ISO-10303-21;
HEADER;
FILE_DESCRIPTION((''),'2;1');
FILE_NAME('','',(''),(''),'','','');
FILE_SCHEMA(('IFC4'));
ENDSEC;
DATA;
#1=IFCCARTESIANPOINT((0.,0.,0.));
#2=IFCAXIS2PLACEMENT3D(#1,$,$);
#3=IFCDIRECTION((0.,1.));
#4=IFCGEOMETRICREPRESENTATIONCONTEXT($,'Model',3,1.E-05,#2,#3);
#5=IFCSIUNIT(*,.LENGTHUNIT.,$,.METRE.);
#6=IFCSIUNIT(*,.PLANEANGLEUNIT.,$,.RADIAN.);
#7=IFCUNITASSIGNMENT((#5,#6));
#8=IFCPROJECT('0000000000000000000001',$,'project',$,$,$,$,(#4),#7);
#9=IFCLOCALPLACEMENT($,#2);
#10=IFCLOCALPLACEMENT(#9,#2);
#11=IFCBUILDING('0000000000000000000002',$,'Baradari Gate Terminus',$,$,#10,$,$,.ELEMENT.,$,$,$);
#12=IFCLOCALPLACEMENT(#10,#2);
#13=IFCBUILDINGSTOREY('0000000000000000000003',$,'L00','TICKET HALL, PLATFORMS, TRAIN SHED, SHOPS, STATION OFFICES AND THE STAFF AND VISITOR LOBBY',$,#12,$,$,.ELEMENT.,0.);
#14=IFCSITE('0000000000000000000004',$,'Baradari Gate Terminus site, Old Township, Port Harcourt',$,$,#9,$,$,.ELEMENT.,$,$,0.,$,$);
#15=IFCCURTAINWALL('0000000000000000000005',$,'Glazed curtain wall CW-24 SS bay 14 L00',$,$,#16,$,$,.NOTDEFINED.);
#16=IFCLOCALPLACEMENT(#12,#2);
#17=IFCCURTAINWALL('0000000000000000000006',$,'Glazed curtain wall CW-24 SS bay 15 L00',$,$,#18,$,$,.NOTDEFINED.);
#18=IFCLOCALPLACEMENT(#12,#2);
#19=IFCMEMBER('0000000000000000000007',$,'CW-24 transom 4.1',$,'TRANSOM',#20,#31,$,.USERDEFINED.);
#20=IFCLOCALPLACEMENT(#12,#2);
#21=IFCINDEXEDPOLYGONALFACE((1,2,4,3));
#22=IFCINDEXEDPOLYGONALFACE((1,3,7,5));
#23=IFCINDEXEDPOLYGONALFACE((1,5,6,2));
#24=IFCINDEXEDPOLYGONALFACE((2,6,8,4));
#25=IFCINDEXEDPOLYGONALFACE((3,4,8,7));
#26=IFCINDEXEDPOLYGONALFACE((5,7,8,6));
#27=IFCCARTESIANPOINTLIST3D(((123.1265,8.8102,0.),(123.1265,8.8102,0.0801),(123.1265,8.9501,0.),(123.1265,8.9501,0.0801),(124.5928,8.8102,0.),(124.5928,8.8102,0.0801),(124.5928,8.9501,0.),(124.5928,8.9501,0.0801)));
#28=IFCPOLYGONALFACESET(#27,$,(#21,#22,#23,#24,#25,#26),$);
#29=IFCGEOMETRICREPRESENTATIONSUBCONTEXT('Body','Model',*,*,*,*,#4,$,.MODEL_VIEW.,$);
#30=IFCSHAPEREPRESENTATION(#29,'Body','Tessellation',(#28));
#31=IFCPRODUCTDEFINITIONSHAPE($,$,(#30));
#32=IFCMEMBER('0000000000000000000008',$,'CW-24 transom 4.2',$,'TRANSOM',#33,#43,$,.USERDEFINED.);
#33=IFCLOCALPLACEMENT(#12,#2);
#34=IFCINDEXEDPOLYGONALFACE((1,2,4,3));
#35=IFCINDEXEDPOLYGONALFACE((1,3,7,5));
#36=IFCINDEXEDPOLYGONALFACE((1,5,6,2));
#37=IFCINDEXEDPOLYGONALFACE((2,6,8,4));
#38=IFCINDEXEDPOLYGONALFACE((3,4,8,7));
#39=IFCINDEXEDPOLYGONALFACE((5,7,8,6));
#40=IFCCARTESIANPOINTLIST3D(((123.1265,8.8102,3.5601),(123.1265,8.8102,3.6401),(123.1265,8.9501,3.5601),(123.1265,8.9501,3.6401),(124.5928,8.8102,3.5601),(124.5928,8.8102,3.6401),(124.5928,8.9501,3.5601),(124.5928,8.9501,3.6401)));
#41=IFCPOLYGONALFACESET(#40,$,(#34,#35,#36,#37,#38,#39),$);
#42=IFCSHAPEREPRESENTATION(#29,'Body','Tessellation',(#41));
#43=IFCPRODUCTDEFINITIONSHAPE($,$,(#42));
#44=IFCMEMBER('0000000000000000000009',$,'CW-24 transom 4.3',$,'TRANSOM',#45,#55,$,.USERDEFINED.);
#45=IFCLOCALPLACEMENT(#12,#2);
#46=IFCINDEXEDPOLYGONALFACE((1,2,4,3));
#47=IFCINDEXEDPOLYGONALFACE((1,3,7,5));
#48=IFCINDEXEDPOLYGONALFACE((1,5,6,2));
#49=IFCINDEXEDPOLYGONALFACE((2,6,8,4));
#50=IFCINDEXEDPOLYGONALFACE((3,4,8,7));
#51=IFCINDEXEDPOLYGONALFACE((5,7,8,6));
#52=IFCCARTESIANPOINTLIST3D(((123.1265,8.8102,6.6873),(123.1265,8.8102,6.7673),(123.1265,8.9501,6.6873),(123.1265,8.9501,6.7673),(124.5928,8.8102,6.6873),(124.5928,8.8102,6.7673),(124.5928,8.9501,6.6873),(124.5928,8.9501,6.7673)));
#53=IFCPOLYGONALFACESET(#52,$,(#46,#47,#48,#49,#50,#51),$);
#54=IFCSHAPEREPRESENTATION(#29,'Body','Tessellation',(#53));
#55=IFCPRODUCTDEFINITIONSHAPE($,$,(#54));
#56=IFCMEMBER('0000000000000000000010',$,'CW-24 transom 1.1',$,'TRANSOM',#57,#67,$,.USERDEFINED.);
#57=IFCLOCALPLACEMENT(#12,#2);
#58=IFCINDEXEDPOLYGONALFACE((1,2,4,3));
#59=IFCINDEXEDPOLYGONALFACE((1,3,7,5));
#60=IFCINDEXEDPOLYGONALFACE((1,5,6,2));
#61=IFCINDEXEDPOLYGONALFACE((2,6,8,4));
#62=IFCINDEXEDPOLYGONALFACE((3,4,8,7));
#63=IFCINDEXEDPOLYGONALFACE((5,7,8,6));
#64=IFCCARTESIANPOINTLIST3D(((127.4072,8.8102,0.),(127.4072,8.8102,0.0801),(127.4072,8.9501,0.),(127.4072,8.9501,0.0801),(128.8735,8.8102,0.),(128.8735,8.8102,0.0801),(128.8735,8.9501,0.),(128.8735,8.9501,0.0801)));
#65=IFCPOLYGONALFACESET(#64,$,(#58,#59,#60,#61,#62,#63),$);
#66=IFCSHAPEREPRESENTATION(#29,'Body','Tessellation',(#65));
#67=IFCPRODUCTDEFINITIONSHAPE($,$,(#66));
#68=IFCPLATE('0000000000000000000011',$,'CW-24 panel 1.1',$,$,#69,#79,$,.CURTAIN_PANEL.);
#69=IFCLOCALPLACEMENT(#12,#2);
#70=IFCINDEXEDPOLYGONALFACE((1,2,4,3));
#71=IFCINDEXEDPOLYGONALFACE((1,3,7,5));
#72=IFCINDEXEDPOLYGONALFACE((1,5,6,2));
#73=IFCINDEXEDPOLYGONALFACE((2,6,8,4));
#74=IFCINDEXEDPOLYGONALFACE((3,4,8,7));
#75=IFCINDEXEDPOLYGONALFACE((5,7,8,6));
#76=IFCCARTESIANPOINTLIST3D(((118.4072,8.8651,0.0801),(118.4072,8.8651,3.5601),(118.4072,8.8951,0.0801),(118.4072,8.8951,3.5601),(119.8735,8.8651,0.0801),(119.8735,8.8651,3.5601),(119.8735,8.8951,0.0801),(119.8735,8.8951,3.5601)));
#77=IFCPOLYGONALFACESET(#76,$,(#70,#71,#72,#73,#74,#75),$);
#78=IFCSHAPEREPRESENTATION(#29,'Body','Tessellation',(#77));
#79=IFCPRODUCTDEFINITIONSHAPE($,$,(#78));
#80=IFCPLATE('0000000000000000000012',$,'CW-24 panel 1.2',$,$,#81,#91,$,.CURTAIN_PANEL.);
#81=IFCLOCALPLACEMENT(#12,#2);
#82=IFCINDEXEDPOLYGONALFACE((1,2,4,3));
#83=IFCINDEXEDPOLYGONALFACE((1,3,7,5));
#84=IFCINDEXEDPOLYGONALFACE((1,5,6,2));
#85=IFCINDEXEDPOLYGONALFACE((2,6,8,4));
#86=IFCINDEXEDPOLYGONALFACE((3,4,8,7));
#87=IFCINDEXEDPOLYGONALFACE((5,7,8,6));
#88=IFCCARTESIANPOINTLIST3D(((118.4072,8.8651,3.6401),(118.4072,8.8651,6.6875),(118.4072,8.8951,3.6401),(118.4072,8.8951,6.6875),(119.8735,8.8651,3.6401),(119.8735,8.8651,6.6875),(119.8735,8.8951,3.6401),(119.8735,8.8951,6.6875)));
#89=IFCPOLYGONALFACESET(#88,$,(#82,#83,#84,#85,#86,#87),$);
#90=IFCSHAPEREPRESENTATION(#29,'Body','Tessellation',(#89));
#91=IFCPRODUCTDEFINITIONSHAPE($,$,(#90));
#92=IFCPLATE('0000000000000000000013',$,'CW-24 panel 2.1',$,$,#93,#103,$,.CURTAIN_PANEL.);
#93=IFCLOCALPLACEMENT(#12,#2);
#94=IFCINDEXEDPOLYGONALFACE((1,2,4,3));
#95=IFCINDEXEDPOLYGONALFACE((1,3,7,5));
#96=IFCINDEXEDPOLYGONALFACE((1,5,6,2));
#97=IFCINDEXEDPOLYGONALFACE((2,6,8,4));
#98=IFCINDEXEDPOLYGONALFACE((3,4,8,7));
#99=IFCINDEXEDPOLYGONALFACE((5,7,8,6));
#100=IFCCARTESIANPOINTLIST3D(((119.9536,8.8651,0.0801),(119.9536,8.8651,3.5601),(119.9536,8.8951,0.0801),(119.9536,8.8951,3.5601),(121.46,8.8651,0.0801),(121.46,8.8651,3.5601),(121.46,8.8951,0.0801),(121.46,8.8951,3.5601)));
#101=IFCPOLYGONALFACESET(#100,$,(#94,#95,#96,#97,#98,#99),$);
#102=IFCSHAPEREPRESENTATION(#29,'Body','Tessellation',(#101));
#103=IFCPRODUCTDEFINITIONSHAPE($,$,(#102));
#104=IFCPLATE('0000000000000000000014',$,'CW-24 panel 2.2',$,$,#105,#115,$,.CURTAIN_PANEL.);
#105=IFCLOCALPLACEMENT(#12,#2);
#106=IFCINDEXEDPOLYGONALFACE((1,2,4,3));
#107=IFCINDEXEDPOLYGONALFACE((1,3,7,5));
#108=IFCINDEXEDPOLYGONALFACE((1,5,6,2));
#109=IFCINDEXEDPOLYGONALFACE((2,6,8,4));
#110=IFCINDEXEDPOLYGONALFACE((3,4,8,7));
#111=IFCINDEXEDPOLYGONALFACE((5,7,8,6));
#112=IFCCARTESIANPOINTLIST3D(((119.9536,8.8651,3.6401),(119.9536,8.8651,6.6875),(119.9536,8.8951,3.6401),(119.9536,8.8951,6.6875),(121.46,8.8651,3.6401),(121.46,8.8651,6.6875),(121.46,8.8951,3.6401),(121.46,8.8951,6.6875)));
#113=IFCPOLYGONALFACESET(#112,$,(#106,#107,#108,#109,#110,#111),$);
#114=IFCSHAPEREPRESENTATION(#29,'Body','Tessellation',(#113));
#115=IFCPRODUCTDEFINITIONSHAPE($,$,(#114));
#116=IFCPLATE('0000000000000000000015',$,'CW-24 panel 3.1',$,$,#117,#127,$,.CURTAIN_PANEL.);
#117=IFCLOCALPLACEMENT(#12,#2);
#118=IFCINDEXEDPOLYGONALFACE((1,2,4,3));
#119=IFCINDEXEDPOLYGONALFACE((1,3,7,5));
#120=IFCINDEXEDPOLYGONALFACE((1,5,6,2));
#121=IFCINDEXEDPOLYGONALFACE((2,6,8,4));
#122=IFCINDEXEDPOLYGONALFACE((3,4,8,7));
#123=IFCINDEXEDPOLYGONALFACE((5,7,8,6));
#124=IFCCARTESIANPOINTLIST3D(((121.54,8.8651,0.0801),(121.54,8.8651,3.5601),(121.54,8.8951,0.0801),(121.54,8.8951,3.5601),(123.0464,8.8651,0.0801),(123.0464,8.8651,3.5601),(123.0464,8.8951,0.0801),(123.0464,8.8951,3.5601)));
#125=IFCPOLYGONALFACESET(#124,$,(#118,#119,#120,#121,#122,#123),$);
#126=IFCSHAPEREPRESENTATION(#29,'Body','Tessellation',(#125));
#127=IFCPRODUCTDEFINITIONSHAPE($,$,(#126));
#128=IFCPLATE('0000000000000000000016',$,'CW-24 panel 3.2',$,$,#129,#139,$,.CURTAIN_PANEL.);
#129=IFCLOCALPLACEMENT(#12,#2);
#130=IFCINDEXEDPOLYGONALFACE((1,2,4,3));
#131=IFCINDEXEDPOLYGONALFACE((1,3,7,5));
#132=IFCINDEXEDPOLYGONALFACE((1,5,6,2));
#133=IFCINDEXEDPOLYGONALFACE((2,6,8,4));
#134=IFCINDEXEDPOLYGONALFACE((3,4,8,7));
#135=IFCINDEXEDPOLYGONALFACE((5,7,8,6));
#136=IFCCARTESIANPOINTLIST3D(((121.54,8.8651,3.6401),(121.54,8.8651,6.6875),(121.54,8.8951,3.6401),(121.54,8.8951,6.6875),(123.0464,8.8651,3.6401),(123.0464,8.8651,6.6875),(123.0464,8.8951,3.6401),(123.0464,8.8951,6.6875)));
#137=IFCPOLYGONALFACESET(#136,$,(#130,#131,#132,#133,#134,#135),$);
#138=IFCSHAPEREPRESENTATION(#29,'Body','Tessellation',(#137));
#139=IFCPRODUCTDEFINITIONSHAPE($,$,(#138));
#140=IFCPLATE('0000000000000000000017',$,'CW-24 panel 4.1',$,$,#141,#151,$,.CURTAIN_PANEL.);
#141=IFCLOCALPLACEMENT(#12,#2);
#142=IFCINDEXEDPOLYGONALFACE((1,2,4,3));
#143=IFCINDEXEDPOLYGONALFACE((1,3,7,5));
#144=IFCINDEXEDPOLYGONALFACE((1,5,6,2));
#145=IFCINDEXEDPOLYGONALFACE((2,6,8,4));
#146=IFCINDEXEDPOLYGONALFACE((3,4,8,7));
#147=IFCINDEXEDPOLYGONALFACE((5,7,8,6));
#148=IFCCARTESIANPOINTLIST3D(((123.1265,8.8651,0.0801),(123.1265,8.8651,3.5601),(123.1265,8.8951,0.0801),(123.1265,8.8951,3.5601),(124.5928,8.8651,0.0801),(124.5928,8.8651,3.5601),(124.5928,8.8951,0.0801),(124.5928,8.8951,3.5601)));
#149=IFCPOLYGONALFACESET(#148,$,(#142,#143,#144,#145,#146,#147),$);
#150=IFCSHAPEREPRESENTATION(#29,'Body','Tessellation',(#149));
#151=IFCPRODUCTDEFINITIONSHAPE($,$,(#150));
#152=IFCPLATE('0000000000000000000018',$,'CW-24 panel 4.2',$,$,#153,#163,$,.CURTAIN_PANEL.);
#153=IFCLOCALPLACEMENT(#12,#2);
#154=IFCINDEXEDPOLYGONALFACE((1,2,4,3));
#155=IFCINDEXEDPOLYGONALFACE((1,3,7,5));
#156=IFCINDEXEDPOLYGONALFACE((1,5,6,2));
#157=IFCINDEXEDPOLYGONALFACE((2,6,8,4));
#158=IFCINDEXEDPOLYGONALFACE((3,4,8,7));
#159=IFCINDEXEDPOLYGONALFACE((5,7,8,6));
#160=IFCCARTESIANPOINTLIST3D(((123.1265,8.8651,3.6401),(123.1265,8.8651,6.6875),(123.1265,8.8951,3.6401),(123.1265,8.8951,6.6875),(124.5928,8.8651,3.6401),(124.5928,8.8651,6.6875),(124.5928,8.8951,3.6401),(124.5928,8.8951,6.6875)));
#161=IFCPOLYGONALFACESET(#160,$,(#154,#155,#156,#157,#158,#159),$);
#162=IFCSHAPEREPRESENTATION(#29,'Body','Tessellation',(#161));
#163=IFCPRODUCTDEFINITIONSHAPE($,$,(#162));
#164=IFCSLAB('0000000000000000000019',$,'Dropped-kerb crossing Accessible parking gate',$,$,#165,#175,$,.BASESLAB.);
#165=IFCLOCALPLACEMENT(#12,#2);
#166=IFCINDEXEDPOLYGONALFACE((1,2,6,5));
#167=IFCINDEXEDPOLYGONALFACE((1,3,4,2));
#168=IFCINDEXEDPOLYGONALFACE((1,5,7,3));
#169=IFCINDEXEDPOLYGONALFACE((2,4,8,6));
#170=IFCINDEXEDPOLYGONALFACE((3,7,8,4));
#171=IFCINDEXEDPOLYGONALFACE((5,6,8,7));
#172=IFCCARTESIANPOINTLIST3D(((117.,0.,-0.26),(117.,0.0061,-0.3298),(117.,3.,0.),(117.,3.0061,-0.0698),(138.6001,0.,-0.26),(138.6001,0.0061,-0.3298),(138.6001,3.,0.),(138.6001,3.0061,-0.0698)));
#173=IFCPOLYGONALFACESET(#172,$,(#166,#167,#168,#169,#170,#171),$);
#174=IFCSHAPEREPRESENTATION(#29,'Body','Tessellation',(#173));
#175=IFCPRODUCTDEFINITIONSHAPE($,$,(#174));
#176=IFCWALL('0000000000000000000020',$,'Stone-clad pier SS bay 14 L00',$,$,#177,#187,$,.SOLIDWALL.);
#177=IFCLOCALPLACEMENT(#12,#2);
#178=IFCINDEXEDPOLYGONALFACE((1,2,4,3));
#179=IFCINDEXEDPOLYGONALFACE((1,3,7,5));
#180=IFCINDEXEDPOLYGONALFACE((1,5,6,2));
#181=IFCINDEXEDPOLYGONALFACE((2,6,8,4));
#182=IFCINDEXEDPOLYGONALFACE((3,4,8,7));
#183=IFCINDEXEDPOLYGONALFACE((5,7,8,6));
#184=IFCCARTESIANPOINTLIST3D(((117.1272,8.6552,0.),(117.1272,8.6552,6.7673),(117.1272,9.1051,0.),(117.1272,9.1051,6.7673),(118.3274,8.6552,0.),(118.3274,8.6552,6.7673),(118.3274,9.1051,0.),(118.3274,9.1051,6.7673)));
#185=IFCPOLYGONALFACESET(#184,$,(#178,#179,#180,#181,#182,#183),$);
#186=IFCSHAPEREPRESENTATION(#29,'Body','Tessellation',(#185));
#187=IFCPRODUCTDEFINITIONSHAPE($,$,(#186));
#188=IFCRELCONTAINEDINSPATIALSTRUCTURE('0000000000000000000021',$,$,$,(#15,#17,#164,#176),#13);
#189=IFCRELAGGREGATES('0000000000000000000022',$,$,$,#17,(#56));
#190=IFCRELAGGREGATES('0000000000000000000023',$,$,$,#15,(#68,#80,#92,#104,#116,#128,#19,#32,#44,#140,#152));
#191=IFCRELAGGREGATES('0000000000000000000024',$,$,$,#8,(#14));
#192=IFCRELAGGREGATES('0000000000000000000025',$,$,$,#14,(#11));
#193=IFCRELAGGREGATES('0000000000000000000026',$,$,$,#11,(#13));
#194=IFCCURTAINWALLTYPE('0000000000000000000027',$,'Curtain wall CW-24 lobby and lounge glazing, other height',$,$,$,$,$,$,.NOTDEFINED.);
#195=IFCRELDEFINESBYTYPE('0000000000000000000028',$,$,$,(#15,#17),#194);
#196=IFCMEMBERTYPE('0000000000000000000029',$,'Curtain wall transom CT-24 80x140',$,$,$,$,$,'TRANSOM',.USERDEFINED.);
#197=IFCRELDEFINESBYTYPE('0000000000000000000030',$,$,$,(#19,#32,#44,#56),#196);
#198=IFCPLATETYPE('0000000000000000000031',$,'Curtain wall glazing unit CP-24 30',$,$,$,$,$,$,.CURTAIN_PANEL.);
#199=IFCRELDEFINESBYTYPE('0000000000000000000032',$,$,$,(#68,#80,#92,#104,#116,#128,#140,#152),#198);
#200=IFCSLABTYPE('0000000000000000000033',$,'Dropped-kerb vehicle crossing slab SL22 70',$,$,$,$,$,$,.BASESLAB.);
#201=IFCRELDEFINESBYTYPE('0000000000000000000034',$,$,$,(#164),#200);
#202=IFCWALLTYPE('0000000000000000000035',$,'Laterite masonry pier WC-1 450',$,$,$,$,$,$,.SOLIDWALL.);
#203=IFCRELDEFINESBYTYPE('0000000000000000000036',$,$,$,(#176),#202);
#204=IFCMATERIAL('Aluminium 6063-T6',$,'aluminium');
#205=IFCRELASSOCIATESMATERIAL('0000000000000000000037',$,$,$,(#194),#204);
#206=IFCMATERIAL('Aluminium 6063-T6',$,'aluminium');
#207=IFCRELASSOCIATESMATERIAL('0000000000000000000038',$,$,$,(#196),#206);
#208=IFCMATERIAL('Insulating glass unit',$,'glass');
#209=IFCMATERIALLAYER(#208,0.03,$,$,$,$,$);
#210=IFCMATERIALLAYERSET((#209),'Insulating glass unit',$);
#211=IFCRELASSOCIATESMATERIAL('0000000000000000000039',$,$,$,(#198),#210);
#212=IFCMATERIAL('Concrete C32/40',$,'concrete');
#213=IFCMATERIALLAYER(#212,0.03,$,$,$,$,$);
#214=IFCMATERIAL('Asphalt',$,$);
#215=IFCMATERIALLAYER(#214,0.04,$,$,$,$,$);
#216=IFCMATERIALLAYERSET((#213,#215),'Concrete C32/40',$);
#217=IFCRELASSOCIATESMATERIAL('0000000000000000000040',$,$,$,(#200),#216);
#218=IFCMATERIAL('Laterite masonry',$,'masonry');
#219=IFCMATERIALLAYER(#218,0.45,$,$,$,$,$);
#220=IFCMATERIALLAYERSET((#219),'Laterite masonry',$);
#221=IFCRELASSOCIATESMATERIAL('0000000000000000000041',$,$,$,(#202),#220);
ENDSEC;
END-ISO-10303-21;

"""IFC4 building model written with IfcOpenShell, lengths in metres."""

from ifc_helpers import new_model, si_unit, direction, frame, frame_2d, origin, origin_2d, place, context, subcontext, project, spatial, polyline, rectangle, outline, extrude, material, layer, layer_set, material_profile, profile_set, type_object, element, aggregate, save


model = new_model("IFC4")

# Units and contexts
model_context = context("Model", 3, precision=1e-05, world=origin(), true_north=direction((0.0, 1.0)))
body_context = subcontext(model_context, "Body", "Model", "MODEL_VIEW")
ifc_project = project(units=[si_unit("LENGTHUNIT", "METRE"), si_unit("PLANEANGLEUNIT", "RADIAN")], contexts=[model_context])

# Site, building, storey
site_placement = place(None, origin())
site = spatial("IfcSite", under=ifc_project, at=site_placement, Name="Baradari Gate Terminus site, Old Township, Port Harcourt", CompositionType="ELEMENT", RefElevation=0.0)
building_placement = place(site_placement, origin())
building = spatial("IfcBuilding", under=site, at=building_placement, Name="Baradari Gate Terminus", CompositionType="ELEMENT")
storey_placement = place(building_placement, origin())
storey = spatial("IfcBuildingStorey", under=building, at=storey_placement, Name="L00", Description="TICKET HALL, PLATFORMS, TRAIN SHED, SHOPS, STATION OFFICES AND THE STAFF AND VISITOR LOBBY", CompositionType="ELEMENT", Elevation=0.0)

# Curtain wall
ifc_material_1 = material(Name="Aluminium 6063-T6", Category="aluminium")
curtain_wall_type = type_object("IfcCurtainWallType", Name="Curtain wall CW-24 lobby and lounge glazing, other height", PredefinedType="NOTDEFINED", material=ifc_material_1)
curtain_wall_1_placement = place(storey_placement, origin())
curtain_wall_1 = element("IfcCurtainWall", 1, at=curtain_wall_1_placement, inside=storey, type_object=curtain_wall_type, Name="Glazed curtain wall CW-24 SS bay 14 L00", PredefinedType="NOTDEFINED")

# Curtain wall
curtain_wall_2_placement = place(storey_placement, origin())
curtain_wall_2 = element("IfcCurtainWall", 2, at=curtain_wall_2_placement, inside=storey, type_object=curtain_wall_type, Name="Glazed curtain wall CW-24 SS bay 15 L00", PredefinedType="NOTDEFINED")

# Members
ifc_material_2 = material(Name="Aluminium 6063-T6", Category="aluminium")
ifc_material_profile_1 = material_profile(ifc_material_2, rectangle(XDim=0.1399, YDim=0.0801, at=origin_2d()), Name="CT-24 80X140")
ifc_profile_set_1 = profile_set([ifc_material_profile_1], Name="Aluminium 6063-T6")
member_type_1 = type_object("IfcMemberType", Name="Curtain wall transom CT-24 80x140", ElementType="TRANSOM", PredefinedType="USERDEFINED", material=ifc_profile_set_1)
member_1_placement = place(storey_placement, frame((123.1265, 8.8801, 0.04), z_axis=(1.0, 0.0, 0.0), x_axis=(0.0, 1.0, 0.0)))
member_1 = element("IfcMember", 3, at=member_1_placement, type_object=member_type_1, Name="CW-24 transom 4.1", ObjectType="TRANSOM", PredefinedType="USERDEFINED", context=body_context, shape_type="SweptSolid", body=[
    extrude(rectangle(XDim=0.1399, YDim=0.0801, at=origin_2d()), origin(), (0.0, 0.0, 1.0), 1.4663),
])
member_2_placement = place(storey_placement, frame((123.1265, 8.8801, 3.6001), z_axis=(1.0, 0.0, 0.0), x_axis=(0.0, 1.0, 0.0)))
member_2 = element("IfcMember", 4, at=member_2_placement, type_object=member_type_1, Name="CW-24 transom 4.2", ObjectType="TRANSOM", PredefinedType="USERDEFINED", context=body_context, shape_type="SweptSolid", body=[
    extrude(rectangle(XDim=0.1399, YDim=0.0801, at=origin_2d()), origin(), (0.0, 0.0, 1.0), 1.4663),
])
member_3_placement = place(storey_placement, frame((123.1265, 8.8801, 6.7273), z_axis=(1.0, 0.0, 0.0), x_axis=(0.0, 1.0, 0.0)))
member_3 = element("IfcMember", 5, at=member_3_placement, type_object=member_type_1, Name="CW-24 transom 4.3", ObjectType="TRANSOM", PredefinedType="USERDEFINED", context=body_context, shape_type="SweptSolid", body=[
    extrude(rectangle(XDim=0.1399, YDim=0.0801, at=origin_2d()), origin(), (0.0, 0.0, 1.0), 1.4663),
])
member_4_placement = place(storey_placement, frame((127.4072, 8.8801, 0.04), z_axis=(1.0, 0.0, 0.0), x_axis=(0.0, 1.0, 0.0)))
member_4 = element("IfcMember", 6, at=member_4_placement, type_object=member_type_1, Name="CW-24 transom 1.1", ObjectType="TRANSOM", PredefinedType="USERDEFINED", context=body_context, shape_type="SweptSolid", body=[
    extrude(rectangle(XDim=0.1399, YDim=0.0801, at=origin_2d()), origin(), (0.0, 0.0, 1.0), 1.4663),
])
aggregate(curtain_wall_2, [member_4])

# Plates
ifc_material_3 = material(Name="Insulating glass unit", Category="glass")
ifc_layer_1 = layer(ifc_material_3, 0.03)
ifc_layer_set_1 = layer_set([ifc_layer_1], Name="Insulating glass unit")
plate_type = type_object("IfcPlateType", Name="Curtain wall glazing unit CP-24 30", PredefinedType="CURTAIN_PANEL", material=ifc_layer_set_1)
plate_1_placement = place(storey_placement, frame((119.1404, 8.8801, 0.0801), z_axis=(0.0, 0.0, 1.0), x_axis=(1.0, 0.0, 0.0)))
plate_1 = element("IfcPlate", 7, at=plate_1_placement, type_object=plate_type, Name="CW-24 panel 1.1", PredefinedType="CURTAIN_PANEL", context=body_context, shape_type="SweptSolid", body=[
    extrude(rectangle(XDim=1.4663, YDim=0.03, at=origin_2d()), origin(), (0.0, 0.0, 1.0), 3.48),
])
plate_2_placement = place(storey_placement, frame((119.1404, 8.8801, 3.6401), z_axis=(0.0, 0.0, 1.0), x_axis=(1.0, 0.0, 0.0)))
plate_2 = element("IfcPlate", 8, at=plate_2_placement, type_object=plate_type, Name="CW-24 panel 1.2", PredefinedType="CURTAIN_PANEL", context=body_context, shape_type="SweptSolid", body=[
    extrude(rectangle(XDim=1.4663, YDim=0.03, at=origin_2d()), origin(), (0.0, 0.0, 1.0), 3.0474),
])
plate_3_placement = place(storey_placement, frame((120.7068, 8.8801, 0.0801), z_axis=(0.0, 0.0, 1.0), x_axis=(1.0, 0.0, 0.0)))
plate_3 = element("IfcPlate", 9, at=plate_3_placement, type_object=plate_type, Name="CW-24 panel 2.1", PredefinedType="CURTAIN_PANEL", context=body_context, shape_type="SweptSolid", body=[
    extrude(rectangle(XDim=1.5063, YDim=0.03, at=origin_2d()), origin(), (0.0, 0.0, 1.0), 3.48),
])
plate_4_placement = place(storey_placement, frame((120.7068, 8.8801, 3.6401), z_axis=(0.0, 0.0, 1.0), x_axis=(1.0, 0.0, 0.0)))
plate_4 = element("IfcPlate", 10, at=plate_4_placement, type_object=plate_type, Name="CW-24 panel 2.2", PredefinedType="CURTAIN_PANEL", context=body_context, shape_type="SweptSolid", body=[
    extrude(rectangle(XDim=1.5063, YDim=0.03, at=origin_2d()), origin(), (0.0, 0.0, 1.0), 3.0474),
])
plate_5_placement = place(storey_placement, frame((122.2932, 8.8801, 0.0801), z_axis=(0.0, 0.0, 1.0), x_axis=(1.0, 0.0, 0.0)))
plate_5 = element("IfcPlate", 11, at=plate_5_placement, type_object=plate_type, Name="CW-24 panel 3.1", PredefinedType="CURTAIN_PANEL", context=body_context, shape_type="SweptSolid", body=[
    extrude(rectangle(XDim=1.5063, YDim=0.03, at=origin_2d()), origin(), (0.0, 0.0, 1.0), 3.48),
])
plate_6_placement = place(storey_placement, frame((122.2932, 8.8801, 3.6401), z_axis=(0.0, 0.0, 1.0), x_axis=(1.0, 0.0, 0.0)))
plate_6 = element("IfcPlate", 12, at=plate_6_placement, type_object=plate_type, Name="CW-24 panel 3.2", PredefinedType="CURTAIN_PANEL", context=body_context, shape_type="SweptSolid", body=[
    extrude(rectangle(XDim=1.5063, YDim=0.03, at=origin_2d()), origin(), (0.0, 0.0, 1.0), 3.0474),
])
plate_7_placement = place(storey_placement, frame((123.8596, 8.8801, 0.0801), z_axis=(0.0, 0.0, 1.0), x_axis=(1.0, 0.0, 0.0)))
plate_7 = element("IfcPlate", 13, at=plate_7_placement, type_object=plate_type, Name="CW-24 panel 4.1", PredefinedType="CURTAIN_PANEL", context=body_context, shape_type="SweptSolid", body=[
    extrude(rectangle(XDim=1.4663, YDim=0.03, at=origin_2d()), origin(), (0.0, 0.0, 1.0), 3.48),
])
plate_8_placement = place(storey_placement, frame((123.8596, 8.8801, 3.6401), z_axis=(0.0, 0.0, 1.0), x_axis=(1.0, 0.0, 0.0)))
plate_8 = element("IfcPlate", 14, at=plate_8_placement, type_object=plate_type, Name="CW-24 panel 4.2", PredefinedType="CURTAIN_PANEL", context=body_context, shape_type="SweptSolid", body=[
    extrude(rectangle(XDim=1.4663, YDim=0.03, at=origin_2d()), origin(), (0.0, 0.0, 1.0), 3.0474),
])
aggregate(curtain_wall_1, [plate_1, plate_2, plate_3, plate_4, plate_5, plate_6, member_1, member_2, member_3, plate_7, plate_8])

# Slab
ifc_material_4 = material(Name="Concrete C32/40", Category="concrete")
ifc_layer_2 = layer(ifc_material_4, 0.03)
ifc_material_5 = material(Name="Asphalt")
ifc_layer_3 = layer(ifc_material_5, 0.04)
ifc_layer_set_2 = layer_set([ifc_layer_2, ifc_layer_3], Name="Concrete C32/40")
slab_type = type_object("IfcSlabType", Name="Dropped-kerb vehicle crossing slab SL22 70", PredefinedType="BASESLAB", material=ifc_layer_set_2)
slab_placement = place(storey_placement, frame((117.0, 0.0, -0.26), z_axis=(0.0, -0.086346, 0.996265), x_axis=(1.0, 0.0, 0.0)))
element("IfcSlab", 15, at=slab_placement, inside=storey, type_object=slab_type, Name="Dropped-kerb crossing Accessible parking gate", PredefinedType="BASESLAB", context=body_context, shape_type="SweptSolid", body=[
    extrude(outline(polyline([(0.0, 0.0), (21.6001, 0.0), (21.6001, 3.0112), (0.0, 3.0112), (0.0, 0.0)])), origin(), (0.0, 0.0, -1.0), 0.0701),
])

# Wall
ifc_material_6 = material(Name="Laterite masonry", Category="masonry")
ifc_layer_4 = layer(ifc_material_6, 0.45)
ifc_layer_set_3 = layer_set([ifc_layer_4], Name="Laterite masonry")
wall_type = type_object("IfcWallType", Name="Laterite masonry pier WC-1 450", PredefinedType="SOLIDWALL", material=ifc_layer_set_3)
for number, where, z_axis, x_axis, name in (
    (16, (117.1272, 8.8801, 0.0), (0.0, 0.0, 1.0), (1.0, 0.0, 0.0), "Stone-clad pier SS bay 14 L00"),
):
    element("IfcWall", number, at=place(storey_placement, frame(where, z_axis=z_axis, x_axis=x_axis)), inside=storey, type_object=wall_type, Name=name, PredefinedType="SOLIDWALL", context=body_context, shape_type="SweptSolid", body=[
        extrude(rectangle(XDim=1.2002, YDim=0.45, at=frame_2d((0.6001, 0.0))), origin(), (0.0, 0.0, 1.0), 6.7673),
    ])

save(model, "model.ifc")
